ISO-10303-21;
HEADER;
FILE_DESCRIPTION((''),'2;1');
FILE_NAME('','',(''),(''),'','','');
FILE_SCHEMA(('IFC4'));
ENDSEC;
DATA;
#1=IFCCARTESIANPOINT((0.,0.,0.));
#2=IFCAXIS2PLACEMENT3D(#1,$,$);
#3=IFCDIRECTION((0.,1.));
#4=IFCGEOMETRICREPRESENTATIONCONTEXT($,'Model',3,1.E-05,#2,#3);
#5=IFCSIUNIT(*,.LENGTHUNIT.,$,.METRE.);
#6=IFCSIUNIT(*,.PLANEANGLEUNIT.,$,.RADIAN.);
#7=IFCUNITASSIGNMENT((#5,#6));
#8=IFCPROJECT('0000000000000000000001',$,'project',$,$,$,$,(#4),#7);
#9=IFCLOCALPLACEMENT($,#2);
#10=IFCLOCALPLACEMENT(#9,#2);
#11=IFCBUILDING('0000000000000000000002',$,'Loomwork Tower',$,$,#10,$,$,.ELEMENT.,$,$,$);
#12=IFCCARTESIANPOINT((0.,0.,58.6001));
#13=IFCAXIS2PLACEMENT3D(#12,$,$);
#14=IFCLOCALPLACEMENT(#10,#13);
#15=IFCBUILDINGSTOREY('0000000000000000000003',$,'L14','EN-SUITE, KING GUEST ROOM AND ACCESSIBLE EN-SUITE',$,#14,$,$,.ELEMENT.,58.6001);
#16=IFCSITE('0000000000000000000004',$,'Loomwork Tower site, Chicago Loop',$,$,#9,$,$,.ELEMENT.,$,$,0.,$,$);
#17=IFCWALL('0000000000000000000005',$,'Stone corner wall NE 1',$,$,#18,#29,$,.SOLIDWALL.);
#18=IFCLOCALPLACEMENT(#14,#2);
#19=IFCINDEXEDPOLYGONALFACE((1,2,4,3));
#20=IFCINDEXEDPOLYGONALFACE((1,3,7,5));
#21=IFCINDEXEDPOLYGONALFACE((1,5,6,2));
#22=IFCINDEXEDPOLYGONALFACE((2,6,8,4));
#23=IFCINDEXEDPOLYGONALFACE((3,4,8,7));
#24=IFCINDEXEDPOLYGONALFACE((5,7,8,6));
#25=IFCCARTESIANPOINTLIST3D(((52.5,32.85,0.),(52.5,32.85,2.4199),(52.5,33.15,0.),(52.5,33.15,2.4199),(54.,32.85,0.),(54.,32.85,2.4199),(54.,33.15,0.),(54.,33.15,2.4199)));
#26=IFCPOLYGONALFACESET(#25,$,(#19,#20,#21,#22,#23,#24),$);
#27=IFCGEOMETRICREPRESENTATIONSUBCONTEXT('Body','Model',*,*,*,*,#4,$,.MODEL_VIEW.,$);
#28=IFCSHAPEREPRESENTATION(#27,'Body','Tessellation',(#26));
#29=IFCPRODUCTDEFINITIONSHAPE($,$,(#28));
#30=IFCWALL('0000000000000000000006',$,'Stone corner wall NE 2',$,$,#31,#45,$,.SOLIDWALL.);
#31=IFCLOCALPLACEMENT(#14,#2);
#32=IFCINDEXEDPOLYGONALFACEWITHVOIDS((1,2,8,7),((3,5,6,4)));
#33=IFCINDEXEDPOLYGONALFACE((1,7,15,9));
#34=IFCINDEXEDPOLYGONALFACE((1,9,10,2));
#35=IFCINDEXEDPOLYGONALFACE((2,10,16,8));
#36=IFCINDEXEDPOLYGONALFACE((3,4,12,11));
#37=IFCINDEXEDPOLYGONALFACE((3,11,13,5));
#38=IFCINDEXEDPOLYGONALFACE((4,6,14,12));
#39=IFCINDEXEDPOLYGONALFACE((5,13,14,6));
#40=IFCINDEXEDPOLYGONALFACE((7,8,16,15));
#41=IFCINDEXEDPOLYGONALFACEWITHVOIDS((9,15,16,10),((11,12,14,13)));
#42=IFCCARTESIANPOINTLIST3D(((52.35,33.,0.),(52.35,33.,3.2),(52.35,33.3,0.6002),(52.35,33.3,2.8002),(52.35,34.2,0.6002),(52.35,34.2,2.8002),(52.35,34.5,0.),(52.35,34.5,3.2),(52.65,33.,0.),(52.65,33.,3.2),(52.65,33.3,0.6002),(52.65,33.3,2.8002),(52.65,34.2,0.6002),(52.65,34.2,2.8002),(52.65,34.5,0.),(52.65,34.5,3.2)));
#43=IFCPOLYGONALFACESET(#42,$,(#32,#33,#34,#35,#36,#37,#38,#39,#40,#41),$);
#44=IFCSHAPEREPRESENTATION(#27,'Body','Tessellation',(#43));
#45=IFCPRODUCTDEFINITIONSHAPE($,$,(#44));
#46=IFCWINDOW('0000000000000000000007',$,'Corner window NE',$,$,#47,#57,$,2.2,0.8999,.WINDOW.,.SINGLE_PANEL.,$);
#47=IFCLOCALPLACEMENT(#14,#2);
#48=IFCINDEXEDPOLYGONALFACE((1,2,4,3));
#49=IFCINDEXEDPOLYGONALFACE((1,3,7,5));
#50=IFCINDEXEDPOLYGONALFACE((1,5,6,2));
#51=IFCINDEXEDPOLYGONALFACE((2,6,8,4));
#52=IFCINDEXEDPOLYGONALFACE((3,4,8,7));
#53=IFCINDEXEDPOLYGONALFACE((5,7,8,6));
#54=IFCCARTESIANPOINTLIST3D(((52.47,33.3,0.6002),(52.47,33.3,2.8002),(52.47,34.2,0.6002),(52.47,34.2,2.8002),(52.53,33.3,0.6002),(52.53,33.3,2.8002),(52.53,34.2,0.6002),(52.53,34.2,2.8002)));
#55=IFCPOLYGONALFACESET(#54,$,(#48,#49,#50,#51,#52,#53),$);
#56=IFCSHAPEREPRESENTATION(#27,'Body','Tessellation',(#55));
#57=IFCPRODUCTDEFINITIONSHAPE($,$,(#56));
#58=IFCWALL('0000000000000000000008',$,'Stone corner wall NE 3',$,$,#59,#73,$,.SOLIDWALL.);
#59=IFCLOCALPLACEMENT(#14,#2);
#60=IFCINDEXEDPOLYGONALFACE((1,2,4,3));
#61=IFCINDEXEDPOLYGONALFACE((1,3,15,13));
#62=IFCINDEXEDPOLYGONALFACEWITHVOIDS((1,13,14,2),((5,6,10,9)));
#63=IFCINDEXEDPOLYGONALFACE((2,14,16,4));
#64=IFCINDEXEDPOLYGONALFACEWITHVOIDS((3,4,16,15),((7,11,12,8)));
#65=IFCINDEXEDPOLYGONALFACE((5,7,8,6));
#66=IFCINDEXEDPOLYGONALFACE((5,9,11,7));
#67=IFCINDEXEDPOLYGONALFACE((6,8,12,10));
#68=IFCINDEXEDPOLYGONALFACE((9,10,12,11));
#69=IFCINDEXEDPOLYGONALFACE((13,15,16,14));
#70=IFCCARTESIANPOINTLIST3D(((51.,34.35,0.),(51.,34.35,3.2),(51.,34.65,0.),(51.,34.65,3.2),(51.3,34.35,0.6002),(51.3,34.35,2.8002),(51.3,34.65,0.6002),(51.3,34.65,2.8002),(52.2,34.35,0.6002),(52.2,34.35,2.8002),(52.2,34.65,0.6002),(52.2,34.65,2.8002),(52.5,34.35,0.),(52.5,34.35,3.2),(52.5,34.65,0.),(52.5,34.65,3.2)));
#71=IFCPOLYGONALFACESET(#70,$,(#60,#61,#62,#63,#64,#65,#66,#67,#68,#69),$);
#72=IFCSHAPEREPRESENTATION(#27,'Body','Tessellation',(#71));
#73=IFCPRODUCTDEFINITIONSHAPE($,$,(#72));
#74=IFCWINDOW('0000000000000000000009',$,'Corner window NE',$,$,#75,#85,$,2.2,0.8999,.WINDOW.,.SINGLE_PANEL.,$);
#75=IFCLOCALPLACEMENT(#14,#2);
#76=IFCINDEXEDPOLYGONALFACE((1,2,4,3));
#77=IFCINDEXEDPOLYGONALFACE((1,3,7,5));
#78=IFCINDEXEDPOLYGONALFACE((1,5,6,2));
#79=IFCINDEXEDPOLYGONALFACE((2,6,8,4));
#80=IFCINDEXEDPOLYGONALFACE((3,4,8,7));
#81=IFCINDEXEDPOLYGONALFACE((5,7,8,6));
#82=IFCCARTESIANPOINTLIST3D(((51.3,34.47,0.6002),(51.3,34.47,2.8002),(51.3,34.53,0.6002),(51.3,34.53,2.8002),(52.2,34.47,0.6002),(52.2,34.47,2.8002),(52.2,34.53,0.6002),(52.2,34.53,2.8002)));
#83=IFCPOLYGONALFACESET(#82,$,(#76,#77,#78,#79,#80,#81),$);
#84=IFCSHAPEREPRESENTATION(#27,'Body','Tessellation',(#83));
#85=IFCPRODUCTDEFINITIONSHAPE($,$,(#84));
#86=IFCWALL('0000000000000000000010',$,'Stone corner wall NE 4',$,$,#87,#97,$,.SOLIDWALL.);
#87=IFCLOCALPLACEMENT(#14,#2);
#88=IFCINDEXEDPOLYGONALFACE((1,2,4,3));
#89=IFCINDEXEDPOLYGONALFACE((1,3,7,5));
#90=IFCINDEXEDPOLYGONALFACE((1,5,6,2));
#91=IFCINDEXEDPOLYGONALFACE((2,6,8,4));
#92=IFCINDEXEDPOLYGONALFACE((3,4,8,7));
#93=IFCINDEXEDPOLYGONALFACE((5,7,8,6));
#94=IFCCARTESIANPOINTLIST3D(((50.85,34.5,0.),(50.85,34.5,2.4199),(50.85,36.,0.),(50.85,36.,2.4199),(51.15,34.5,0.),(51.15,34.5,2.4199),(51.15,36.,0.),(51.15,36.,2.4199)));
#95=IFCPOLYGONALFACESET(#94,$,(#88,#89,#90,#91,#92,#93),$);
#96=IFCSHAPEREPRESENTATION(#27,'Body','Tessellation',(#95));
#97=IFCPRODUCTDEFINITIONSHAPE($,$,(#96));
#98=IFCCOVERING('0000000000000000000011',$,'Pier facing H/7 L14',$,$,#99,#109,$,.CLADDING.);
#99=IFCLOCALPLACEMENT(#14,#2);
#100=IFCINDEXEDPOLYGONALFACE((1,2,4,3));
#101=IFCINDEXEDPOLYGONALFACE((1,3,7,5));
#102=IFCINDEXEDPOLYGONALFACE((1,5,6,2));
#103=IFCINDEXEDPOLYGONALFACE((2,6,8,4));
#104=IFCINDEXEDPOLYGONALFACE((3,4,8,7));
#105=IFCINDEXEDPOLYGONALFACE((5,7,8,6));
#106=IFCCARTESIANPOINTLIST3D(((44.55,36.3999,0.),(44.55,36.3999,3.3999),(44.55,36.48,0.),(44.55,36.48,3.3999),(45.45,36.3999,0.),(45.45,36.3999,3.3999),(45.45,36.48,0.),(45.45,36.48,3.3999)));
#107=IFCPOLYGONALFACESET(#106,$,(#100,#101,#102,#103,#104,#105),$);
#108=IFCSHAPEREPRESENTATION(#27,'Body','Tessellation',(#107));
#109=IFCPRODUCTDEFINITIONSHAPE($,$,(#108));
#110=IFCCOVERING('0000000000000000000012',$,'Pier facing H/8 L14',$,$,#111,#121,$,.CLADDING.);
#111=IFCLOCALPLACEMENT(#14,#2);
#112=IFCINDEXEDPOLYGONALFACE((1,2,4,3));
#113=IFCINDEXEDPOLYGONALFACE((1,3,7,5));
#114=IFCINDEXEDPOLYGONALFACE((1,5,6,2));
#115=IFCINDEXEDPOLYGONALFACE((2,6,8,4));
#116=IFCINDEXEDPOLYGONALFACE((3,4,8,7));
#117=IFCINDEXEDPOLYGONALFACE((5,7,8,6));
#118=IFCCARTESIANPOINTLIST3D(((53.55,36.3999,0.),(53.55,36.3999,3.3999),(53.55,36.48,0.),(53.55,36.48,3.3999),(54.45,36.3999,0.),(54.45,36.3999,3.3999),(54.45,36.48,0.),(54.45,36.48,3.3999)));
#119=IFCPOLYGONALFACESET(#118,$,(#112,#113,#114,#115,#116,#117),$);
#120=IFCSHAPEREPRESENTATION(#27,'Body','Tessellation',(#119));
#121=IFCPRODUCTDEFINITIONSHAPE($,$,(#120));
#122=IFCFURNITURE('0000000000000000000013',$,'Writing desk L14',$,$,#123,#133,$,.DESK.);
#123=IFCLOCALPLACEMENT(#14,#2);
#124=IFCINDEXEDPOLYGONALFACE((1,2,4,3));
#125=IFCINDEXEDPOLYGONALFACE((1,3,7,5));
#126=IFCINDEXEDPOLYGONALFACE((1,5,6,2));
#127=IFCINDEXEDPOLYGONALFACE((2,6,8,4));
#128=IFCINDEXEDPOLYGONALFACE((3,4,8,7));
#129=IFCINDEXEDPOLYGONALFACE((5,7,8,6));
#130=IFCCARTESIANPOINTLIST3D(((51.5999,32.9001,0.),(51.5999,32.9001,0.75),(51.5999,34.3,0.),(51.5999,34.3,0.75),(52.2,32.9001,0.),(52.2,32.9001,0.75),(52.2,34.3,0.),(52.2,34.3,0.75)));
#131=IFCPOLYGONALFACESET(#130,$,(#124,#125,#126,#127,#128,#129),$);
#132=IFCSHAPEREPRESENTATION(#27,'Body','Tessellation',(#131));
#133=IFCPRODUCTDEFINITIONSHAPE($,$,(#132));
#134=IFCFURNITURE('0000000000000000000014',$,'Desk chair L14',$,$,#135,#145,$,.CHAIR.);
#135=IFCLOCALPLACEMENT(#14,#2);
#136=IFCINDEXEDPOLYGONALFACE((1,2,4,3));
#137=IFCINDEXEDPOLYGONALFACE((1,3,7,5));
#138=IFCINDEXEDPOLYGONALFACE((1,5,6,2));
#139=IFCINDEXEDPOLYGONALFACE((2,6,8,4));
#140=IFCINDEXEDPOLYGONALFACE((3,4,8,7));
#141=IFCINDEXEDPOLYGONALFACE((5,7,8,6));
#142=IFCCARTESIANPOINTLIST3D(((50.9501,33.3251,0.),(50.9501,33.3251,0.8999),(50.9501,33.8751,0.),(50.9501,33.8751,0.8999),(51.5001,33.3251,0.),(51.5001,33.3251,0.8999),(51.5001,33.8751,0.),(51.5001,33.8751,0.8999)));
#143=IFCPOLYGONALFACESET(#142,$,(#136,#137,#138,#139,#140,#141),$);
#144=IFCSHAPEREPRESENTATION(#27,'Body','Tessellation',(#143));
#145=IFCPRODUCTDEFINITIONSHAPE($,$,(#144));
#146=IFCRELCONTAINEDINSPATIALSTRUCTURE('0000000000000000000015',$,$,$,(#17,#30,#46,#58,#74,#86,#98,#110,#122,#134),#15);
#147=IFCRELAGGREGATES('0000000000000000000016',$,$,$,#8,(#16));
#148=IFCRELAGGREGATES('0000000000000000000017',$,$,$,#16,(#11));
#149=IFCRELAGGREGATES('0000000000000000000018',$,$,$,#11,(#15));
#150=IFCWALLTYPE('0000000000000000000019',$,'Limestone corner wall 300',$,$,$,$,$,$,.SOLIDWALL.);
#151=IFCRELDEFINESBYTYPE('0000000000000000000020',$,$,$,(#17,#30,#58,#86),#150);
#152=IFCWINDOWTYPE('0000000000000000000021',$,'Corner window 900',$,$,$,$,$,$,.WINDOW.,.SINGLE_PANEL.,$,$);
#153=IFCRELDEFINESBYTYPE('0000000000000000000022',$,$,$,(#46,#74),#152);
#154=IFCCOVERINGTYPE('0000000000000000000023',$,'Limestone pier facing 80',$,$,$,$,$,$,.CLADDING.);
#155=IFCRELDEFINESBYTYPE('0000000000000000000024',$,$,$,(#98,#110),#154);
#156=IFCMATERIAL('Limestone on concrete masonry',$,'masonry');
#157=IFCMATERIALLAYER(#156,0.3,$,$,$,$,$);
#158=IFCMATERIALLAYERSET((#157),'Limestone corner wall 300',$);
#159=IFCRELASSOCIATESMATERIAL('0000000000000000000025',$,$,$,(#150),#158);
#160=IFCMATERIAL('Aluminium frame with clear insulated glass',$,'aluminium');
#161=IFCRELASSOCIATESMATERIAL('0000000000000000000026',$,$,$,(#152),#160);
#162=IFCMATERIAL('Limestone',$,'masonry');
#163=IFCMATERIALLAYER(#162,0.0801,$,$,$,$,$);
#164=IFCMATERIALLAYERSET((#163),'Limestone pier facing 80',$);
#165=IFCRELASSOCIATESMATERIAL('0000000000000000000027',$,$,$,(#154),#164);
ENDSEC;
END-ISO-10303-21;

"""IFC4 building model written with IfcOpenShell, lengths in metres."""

from ifc_helpers import new_model, si_unit, direction, frame, frame_2d, origin, origin_2d, place, context, subcontext, project, spatial, rectangle, extrude, material, layer, layer_set, type_object, element, fill, save


model = new_model("IFC4")

# Units and contexts
model_context = context("Model", 3, precision=1e-05, world=origin(), true_north=direction((0.0, 1.0)))
body_context = subcontext(model_context, "Body", "Model", "MODEL_VIEW")
ifc_project = project(units=[si_unit("LENGTHUNIT", "METRE"), si_unit("PLANEANGLEUNIT", "RADIAN")], contexts=[model_context])

# Site, building, storey
site_placement = place(None, origin())
site = spatial("IfcSite", under=ifc_project, at=site_placement, Name="Loomwork Tower site, Chicago Loop", CompositionType="ELEMENT", RefElevation=0.0)
building_placement = place(site_placement, origin())
building = spatial("IfcBuilding", under=site, at=building_placement, Name="Loomwork Tower", CompositionType="ELEMENT")
storey_placement = place(building_placement, frame((0.0, 0.0, 58.6001)))
storey = spatial("IfcBuildingStorey", under=building, at=storey_placement, Name="L14", Description="EN-SUITE, KING GUEST ROOM AND ACCESSIBLE EN-SUITE", CompositionType="ELEMENT", Elevation=58.6001)

# Wall
ifc_material_1 = material(Name="Limestone on concrete masonry", Category="masonry")
ifc_layer_1 = layer(ifc_material_1, 0.3)
ifc_layer_set_1 = layer_set([ifc_layer_1], Name="Limestone corner wall 300")
wall_type_1 = type_object("IfcWallType", Name="Limestone corner wall 300", PredefinedType="SOLIDWALL", material=ifc_layer_set_1)
wall_1_placement = place(storey_placement, frame((54.0, 33.0, 0.0), z_axis=(0.0, 0.0, 1.0), x_axis=(-1.0, 0.0, 0.0)))
element("IfcWall", 1, at=wall_1_placement, inside=storey, type_object=wall_type_1, Name="Stone corner wall NE 1", PredefinedType="SOLIDWALL", context=body_context, shape_type="SweptSolid", body=[
    extrude(rectangle(XDim=1.5, YDim=0.3, at=frame_2d((0.75, 0.0))), origin(), (0.0, 0.0, 1.0), 2.4199),
])

# Walls, openings, windows
wall_2_placement = place(storey_placement, frame((52.5, 33.0, 0.0), z_axis=(0.0, 0.0, 1.0), x_axis=(0.0, 1.0, 0.0)))
wall_2 = element("IfcWall", 2, at=wall_2_placement, inside=storey, type_object=wall_type_1, Name="Stone corner wall NE 2", PredefinedType="SOLIDWALL", context=body_context, shape_type="SweptSolid", body=[
    extrude(rectangle(XDim=1.5, YDim=0.3, at=frame_2d((0.75, 0.0))), origin(), (0.0, 0.0, 1.0), 3.2),
])
opening_1_placement = place(wall_2_placement, frame((0.3, 0.0, 0.6001)))
opening_1 = element("IfcOpeningElement", 3, at=opening_1_placement, cuts=wall_2, PredefinedType="OPENING", context=body_context, shape_type="SweptSolid", body=[
    extrude(rectangle(XDim=0.8999, YDim=2.2, at=frame_2d((0.45, 1.1001))), frame((0.0, 0.1599, 0.0), z_axis=(0.0, -1.0, 0.0), x_axis=(1.0, 0.0, 0.0)), (0.0, 0.0, 1.0), 0.3201),
])
ifc_material_2 = material(Name="Aluminium frame with clear insulated glass", Category="aluminium")
window_type_1 = type_object("IfcWindowType", Name="Corner window 900", PartitioningType="SINGLE_PANEL", PredefinedType="WINDOW", material=ifc_material_2)
window_1_placement = place(opening_1_placement, origin())
window_1 = element("IfcWindow", 4, at=window_1_placement, inside=storey, type_object=window_type_1, Name="Corner window NE", OverallHeight=2.2, OverallWidth=0.8999, PartitioningType="SINGLE_PANEL", PredefinedType="WINDOW", context=body_context, shape_type="SweptSolid", body=[
    extrude(rectangle(XDim=0.8999, YDim=2.2, at=frame_2d((0.45, 1.1001))), frame((0.0, 0.03, 0.0), z_axis=(0.0, -1.0, 0.0), x_axis=(1.0, 0.0, 0.0)), (0.0, 0.0, 1.0), 0.0601),
])
fill(opening_1, window_1)
wall_3_placement = place(storey_placement, frame((52.5, 34.5, 0.0), z_axis=(0.0, 0.0, 1.0), x_axis=(-1.0, 0.0, 0.0)))
wall_3 = element("IfcWall", 5, at=wall_3_placement, inside=storey, type_object=wall_type_1, Name="Stone corner wall NE 3", PredefinedType="SOLIDWALL", context=body_context, shape_type="SweptSolid", body=[
    extrude(rectangle(XDim=1.5, YDim=0.3, at=frame_2d((0.75, 0.0))), origin(), (0.0, 0.0, 1.0), 3.2),
])
opening_2_placement = place(wall_3_placement, frame((0.3, 0.0, 0.6001)))
opening_2 = element("IfcOpeningElement", 6, at=opening_2_placement, cuts=wall_3, PredefinedType="OPENING", context=body_context, shape_type="SweptSolid", body=[
    extrude(rectangle(XDim=0.8999, YDim=2.2, at=frame_2d((0.45, 1.1001))), frame((0.0, 0.1599, 0.0), z_axis=(0.0, -1.0, 0.0), x_axis=(1.0, 0.0, 0.0)), (0.0, 0.0, 1.0), 0.3201),
])
window_2_placement = place(opening_2_placement, origin())
window_2 = element("IfcWindow", 7, at=window_2_placement, inside=storey, type_object=window_type_1, Name="Corner window NE", OverallHeight=2.2, OverallWidth=0.8999, PartitioningType="SINGLE_PANEL", PredefinedType="WINDOW", context=body_context, shape_type="SweptSolid", body=[
    extrude(rectangle(XDim=0.8999, YDim=2.2, at=frame_2d((0.45, 1.1001))), frame((0.0, 0.03, 0.0), z_axis=(0.0, -1.0, 0.0), x_axis=(1.0, 0.0, 0.0)), (0.0, 0.0, 1.0), 0.0601),
])
fill(opening_2, window_2)

# Wall
wall_4_placement = place(storey_placement, frame((51.0, 34.5, 0.0), z_axis=(0.0, 0.0, 1.0), x_axis=(0.0, 1.0, 0.0)))
element("IfcWall", 8, at=wall_4_placement, inside=storey, type_object=wall_type_1, Name="Stone corner wall NE 4", PredefinedType="SOLIDWALL", context=body_context, shape_type="SweptSolid", body=[
    extrude(rectangle(XDim=1.5, YDim=0.3, at=frame_2d((0.75, 0.0))), origin(), (0.0, 0.0, 1.0), 2.4199),
])

# Coverings
ifc_material_3 = material(Name="Limestone", Category="masonry")
ifc_layer_2 = layer(ifc_material_3, 0.0801)
ifc_layer_set_2 = layer_set([ifc_layer_2], Name="Limestone pier facing 80")
covering_type = type_object("IfcCoveringType", Name="Limestone pier facing 80", PredefinedType="CLADDING", material=ifc_layer_set_2)
for number, where, z_axis, x_axis, name in (
    (9, (45.0, 36.4399, 0.0), (0.0, 0.0, 1.0), (1.0, 0.0, 0.0), "Pier facing H/7 L14"),
    (10, (54.0, 36.4399, 0.0), (0.0, 0.0, 1.0), (1.0, 0.0, 0.0), "Pier facing H/8 L14"),
):
    element("IfcCovering", number, at=place(storey_placement, frame(where, z_axis=z_axis, x_axis=x_axis)), inside=storey, type_object=covering_type, Name=name, PredefinedType="CLADDING", context=body_context, shape_type="SweptSolid", body=[
        extrude(rectangle(XDim=0.8999, YDim=0.0801, at=origin_2d()), origin(), (0.0, 0.0, 1.0), 3.3999),
    ])

# Furniture
furniture_1_placement = place(storey_placement, frame((51.8999, 33.6001, 0.0), z_axis=(0.0, 0.0, 1.0), x_axis=(1.0, 0.0, 0.0)))
element("IfcFurniture", 11, at=furniture_1_placement, inside=storey, Name="Writing desk L14", PredefinedType="DESK", context=body_context, shape_type="SweptSolid", body=[
    extrude(rectangle(XDim=0.6001, YDim=1.3999, at=origin_2d()), origin(), (0.0, 0.0, 1.0), 0.75),
])
furniture_2_placement = place(storey_placement, frame((51.2251, 33.6001, 0.0), z_axis=(0.0, 0.0, 1.0), x_axis=(1.0, 0.0, 0.0)))
element("IfcFurniture", 12, at=furniture_2_placement, inside=storey, Name="Desk chair L14", PredefinedType="CHAIR", context=body_context, shape_type="SweptSolid", body=[
    extrude(rectangle(XDim=0.55, YDim=0.55, at=origin_2d()), origin(), (0.0, 0.0, 1.0), 0.8999),
])

save(model, "model.ifc")
